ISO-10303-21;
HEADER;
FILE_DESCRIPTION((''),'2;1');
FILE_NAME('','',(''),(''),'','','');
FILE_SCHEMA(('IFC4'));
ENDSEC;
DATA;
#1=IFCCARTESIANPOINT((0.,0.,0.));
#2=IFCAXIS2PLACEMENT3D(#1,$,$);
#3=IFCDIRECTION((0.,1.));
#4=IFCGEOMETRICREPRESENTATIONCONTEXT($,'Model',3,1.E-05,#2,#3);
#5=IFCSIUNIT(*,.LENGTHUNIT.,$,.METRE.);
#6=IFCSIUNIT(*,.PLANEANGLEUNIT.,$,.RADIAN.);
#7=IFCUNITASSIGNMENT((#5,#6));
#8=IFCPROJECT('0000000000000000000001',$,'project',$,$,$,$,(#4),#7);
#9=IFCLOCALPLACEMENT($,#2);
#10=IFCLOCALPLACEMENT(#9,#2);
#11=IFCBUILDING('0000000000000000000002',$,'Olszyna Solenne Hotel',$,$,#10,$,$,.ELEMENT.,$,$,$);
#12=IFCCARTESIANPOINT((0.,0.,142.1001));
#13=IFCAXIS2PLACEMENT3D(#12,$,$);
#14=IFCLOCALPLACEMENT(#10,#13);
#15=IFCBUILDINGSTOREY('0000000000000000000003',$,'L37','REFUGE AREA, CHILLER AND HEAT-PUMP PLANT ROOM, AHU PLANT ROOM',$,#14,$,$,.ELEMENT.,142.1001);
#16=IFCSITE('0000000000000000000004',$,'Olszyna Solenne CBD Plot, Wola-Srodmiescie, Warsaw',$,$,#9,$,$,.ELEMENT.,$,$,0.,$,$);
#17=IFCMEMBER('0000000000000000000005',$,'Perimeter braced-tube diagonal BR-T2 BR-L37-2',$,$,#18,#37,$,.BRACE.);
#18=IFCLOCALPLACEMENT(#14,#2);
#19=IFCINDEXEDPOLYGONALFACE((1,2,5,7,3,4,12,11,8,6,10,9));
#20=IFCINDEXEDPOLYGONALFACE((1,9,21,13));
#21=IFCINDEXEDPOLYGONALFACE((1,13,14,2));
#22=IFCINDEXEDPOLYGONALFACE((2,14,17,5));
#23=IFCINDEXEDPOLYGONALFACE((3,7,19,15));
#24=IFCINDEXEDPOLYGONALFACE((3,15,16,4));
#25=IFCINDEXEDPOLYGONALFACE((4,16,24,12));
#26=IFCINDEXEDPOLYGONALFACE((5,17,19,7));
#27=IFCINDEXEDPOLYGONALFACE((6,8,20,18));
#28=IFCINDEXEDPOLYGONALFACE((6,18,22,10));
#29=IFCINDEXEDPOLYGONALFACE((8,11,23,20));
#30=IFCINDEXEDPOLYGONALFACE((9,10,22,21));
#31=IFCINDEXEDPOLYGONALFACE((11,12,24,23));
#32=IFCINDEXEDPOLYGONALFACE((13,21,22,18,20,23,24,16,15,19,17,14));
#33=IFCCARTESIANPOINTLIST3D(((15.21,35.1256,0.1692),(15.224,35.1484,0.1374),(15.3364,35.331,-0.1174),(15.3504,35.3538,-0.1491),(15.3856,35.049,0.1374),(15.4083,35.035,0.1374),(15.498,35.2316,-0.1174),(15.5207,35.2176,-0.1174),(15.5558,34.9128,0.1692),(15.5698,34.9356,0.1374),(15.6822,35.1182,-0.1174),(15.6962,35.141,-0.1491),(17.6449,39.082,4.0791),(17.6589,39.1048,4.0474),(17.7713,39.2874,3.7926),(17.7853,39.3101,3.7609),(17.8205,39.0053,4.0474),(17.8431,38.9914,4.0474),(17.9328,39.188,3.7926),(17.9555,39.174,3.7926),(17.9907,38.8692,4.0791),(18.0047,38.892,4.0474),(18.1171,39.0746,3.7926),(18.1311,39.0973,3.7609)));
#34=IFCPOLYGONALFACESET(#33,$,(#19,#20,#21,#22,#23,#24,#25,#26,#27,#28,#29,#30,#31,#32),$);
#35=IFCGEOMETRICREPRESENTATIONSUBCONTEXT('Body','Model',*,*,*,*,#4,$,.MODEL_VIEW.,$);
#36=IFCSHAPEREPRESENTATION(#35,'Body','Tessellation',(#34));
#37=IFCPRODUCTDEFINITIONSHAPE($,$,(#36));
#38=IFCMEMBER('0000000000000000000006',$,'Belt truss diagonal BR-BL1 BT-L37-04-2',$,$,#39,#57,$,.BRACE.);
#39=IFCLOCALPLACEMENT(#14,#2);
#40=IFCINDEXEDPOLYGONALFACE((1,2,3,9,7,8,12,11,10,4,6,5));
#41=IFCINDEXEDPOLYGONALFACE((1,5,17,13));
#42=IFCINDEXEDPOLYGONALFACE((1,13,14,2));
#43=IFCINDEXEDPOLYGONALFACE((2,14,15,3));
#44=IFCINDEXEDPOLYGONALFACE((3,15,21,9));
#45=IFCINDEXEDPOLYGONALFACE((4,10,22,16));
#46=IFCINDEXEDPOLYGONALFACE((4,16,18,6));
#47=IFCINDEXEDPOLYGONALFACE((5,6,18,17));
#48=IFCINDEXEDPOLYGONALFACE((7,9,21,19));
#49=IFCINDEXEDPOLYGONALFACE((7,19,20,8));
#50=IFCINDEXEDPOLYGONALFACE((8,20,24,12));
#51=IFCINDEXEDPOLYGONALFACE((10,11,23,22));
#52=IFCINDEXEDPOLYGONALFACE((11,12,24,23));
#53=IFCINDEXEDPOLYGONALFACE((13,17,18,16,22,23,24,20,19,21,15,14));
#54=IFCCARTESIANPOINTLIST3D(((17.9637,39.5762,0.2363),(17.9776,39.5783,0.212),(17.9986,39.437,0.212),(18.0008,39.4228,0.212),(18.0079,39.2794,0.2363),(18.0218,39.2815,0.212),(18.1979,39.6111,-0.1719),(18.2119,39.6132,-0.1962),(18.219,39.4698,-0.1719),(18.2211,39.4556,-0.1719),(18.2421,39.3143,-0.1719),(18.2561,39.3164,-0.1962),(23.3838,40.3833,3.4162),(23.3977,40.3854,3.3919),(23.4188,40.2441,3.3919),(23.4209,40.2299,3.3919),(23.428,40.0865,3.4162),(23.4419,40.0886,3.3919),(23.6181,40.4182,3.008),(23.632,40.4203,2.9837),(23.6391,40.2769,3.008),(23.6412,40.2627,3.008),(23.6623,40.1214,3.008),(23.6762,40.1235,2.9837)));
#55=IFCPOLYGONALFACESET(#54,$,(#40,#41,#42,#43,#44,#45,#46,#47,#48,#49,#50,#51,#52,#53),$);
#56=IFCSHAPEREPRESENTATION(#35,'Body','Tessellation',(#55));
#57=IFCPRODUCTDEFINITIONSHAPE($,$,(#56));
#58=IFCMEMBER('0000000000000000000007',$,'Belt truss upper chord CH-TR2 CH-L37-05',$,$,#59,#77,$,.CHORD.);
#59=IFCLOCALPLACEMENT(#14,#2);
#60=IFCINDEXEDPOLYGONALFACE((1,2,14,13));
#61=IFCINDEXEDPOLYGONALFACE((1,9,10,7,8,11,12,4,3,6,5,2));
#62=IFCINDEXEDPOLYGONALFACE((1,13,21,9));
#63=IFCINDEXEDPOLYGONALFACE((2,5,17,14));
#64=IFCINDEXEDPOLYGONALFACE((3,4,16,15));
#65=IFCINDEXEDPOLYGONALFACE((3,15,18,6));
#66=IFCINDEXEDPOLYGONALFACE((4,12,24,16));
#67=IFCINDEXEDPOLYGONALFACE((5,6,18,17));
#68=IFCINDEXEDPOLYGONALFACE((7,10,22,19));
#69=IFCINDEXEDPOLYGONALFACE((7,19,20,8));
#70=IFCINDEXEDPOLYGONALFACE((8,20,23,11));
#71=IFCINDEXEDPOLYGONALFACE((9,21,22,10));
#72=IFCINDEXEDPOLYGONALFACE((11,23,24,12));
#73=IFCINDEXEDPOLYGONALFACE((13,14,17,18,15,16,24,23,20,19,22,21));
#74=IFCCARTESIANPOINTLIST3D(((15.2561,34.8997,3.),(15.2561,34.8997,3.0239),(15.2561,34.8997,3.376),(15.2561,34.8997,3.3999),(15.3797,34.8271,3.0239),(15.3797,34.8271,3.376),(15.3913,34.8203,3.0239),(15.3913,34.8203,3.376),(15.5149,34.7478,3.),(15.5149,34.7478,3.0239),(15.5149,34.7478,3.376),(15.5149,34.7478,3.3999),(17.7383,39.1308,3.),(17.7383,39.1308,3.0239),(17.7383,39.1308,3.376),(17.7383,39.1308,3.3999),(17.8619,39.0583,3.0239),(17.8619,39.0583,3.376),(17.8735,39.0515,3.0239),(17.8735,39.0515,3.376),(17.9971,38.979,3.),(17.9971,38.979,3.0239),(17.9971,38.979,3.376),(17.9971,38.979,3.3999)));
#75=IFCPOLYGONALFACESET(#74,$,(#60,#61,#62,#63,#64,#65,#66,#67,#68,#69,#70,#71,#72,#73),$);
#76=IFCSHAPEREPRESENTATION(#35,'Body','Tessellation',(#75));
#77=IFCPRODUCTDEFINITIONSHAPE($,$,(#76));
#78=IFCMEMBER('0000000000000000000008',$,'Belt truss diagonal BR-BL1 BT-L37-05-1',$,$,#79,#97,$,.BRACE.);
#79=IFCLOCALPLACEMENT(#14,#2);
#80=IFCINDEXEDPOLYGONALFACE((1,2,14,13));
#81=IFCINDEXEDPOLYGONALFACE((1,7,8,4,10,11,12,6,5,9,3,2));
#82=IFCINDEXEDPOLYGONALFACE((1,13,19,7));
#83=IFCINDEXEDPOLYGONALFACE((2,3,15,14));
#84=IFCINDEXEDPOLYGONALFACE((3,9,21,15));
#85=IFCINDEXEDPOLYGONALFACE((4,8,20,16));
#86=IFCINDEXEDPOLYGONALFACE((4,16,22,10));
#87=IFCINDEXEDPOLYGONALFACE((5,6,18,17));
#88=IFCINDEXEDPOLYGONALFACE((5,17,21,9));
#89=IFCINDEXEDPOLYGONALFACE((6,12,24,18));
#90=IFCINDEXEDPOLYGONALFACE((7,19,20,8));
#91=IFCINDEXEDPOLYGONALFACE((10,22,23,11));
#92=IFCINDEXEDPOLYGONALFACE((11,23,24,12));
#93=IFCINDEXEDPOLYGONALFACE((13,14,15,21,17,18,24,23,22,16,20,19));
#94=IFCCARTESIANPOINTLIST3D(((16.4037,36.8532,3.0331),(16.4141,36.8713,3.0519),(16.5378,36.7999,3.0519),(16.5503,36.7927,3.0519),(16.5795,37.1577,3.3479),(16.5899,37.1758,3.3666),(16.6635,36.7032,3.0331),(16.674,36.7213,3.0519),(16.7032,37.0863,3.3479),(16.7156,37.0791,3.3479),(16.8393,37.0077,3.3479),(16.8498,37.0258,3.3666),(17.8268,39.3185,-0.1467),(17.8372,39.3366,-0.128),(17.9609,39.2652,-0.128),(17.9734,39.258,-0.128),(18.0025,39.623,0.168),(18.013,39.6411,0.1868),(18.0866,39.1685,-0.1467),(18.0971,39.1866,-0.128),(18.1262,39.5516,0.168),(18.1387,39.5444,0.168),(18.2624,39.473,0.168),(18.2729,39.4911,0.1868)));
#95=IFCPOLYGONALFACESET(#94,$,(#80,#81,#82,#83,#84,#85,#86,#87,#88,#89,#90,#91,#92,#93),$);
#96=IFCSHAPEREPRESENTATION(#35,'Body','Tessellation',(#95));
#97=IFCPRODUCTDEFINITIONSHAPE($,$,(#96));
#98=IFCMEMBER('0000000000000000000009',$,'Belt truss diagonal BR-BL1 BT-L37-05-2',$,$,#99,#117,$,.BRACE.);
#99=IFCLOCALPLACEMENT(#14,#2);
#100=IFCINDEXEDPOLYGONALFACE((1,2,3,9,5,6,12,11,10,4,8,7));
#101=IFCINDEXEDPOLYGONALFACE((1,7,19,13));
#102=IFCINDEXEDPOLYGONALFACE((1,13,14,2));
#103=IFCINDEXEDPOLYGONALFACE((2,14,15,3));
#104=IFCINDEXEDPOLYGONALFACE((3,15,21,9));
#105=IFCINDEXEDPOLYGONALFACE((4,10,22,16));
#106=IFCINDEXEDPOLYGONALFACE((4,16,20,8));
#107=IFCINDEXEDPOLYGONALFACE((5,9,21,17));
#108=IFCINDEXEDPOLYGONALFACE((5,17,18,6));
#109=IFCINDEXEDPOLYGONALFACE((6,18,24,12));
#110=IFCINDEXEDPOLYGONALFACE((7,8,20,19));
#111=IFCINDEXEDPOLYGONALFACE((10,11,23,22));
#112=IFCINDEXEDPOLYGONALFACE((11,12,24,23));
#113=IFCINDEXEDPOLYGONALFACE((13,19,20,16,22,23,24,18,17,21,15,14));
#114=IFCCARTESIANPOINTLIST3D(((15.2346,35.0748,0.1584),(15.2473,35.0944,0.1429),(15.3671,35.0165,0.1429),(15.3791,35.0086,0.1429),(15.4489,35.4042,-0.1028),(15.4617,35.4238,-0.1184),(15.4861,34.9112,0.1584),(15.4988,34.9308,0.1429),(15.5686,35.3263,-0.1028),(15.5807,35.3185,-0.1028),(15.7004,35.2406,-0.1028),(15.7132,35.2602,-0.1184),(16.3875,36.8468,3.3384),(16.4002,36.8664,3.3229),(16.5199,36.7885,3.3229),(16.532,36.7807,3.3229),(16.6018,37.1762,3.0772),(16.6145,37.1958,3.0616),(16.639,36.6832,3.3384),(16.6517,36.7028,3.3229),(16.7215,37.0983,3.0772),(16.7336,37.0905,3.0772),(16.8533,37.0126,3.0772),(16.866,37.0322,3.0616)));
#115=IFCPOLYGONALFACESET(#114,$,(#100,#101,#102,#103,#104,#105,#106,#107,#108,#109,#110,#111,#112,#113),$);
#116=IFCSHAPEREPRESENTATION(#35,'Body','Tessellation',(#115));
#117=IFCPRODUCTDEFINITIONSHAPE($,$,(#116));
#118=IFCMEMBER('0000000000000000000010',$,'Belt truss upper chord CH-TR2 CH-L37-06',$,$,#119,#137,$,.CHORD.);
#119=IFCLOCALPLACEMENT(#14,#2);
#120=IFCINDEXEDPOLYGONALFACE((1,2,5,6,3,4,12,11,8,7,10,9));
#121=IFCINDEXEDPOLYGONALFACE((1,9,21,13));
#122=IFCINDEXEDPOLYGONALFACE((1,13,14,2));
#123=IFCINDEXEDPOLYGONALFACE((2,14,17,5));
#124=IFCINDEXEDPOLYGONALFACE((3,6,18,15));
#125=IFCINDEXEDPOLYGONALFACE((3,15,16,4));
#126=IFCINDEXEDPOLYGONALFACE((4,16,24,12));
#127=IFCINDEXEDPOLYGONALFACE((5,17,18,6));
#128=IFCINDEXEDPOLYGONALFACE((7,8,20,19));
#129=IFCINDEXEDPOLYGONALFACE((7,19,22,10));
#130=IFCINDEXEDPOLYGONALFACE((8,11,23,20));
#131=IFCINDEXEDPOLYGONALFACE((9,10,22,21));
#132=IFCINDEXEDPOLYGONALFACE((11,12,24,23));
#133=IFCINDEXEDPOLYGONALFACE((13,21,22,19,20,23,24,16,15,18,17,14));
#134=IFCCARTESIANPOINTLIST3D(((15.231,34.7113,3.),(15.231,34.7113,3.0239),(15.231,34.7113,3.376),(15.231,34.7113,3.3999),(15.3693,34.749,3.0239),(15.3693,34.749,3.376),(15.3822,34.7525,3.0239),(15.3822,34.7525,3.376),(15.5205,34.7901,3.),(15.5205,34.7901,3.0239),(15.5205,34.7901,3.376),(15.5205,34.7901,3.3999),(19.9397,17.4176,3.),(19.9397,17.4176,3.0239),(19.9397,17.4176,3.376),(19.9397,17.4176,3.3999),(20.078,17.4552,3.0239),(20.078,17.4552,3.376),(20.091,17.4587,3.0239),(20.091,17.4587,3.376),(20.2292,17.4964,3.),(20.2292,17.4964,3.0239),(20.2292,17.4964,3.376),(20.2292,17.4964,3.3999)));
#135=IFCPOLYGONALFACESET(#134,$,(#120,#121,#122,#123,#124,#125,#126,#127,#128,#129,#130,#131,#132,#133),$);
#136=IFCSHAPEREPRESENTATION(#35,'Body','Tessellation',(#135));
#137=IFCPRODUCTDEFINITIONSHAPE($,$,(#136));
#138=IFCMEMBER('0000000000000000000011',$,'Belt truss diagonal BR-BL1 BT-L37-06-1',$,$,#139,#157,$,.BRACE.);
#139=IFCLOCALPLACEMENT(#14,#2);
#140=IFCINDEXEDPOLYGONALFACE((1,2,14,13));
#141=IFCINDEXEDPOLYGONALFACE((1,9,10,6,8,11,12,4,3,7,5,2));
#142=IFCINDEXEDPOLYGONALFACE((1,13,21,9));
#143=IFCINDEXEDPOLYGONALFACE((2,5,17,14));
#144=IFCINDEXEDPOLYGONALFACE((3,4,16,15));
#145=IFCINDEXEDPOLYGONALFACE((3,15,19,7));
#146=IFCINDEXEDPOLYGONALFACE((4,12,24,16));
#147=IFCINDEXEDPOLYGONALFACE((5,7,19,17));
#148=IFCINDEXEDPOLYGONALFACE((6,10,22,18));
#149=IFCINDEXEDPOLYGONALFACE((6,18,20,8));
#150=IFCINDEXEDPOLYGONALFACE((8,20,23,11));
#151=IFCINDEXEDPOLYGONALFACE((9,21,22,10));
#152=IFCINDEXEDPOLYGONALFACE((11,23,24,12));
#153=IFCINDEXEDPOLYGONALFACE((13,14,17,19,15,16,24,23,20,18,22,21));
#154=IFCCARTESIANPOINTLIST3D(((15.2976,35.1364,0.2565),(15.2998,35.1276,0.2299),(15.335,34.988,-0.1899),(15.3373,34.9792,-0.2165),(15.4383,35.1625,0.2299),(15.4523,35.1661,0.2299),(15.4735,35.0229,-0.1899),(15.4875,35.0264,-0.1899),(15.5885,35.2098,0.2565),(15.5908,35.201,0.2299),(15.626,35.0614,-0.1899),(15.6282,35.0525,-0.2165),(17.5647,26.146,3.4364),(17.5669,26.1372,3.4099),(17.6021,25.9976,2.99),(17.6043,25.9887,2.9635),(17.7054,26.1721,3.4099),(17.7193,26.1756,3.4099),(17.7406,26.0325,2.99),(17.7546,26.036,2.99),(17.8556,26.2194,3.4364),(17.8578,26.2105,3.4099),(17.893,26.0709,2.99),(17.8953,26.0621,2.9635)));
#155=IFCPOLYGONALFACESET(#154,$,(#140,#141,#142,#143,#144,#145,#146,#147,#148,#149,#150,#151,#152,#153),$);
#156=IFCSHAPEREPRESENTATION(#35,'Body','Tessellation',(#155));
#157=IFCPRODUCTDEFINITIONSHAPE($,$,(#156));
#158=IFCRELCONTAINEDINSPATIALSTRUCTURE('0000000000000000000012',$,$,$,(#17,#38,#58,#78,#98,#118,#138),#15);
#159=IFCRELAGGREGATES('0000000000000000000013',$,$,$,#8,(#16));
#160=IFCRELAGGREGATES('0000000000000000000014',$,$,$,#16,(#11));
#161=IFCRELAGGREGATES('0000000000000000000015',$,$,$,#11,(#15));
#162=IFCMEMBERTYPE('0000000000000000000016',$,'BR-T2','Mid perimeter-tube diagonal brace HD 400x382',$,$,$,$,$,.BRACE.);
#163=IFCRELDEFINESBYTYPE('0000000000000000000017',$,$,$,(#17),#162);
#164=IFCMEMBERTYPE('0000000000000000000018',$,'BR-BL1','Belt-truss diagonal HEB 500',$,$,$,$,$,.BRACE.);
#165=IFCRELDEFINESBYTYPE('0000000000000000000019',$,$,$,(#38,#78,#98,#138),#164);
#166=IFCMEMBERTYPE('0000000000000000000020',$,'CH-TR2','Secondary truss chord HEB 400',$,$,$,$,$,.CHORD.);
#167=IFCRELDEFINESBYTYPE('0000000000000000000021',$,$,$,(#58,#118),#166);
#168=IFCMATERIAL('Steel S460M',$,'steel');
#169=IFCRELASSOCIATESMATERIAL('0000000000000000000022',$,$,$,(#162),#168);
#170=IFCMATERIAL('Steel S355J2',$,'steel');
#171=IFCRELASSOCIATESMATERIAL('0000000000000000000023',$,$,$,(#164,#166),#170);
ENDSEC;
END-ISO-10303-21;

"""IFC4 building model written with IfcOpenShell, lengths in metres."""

from ifc_helpers import new_model, si_unit, direction, frame, origin, origin_2d, place, context, subcontext, project, spatial, i_section, extrude, source, transform, mapped, material, material_profile, profile_set, type_object, element, save


model = new_model("IFC4")

# Units and contexts
model_context = context("Model", 3, precision=1e-05, world=origin(), true_north=direction((0.0, 1.0)))
body_context = subcontext(model_context, "Body", "Model", "MODEL_VIEW")
ifc_project = project(units=[si_unit("LENGTHUNIT", "METRE"), si_unit("PLANEANGLEUNIT", "RADIAN")], contexts=[model_context])

# Site, building, storey
site_placement = place(None, origin())
site = spatial("IfcSite", under=ifc_project, at=site_placement, Name="Olszyna Solenne CBD Plot, Wola-Srodmiescie, Warsaw", CompositionType="ELEMENT", RefElevation=0.0)
building_placement = place(site_placement, origin())
building = spatial("IfcBuilding", under=site, at=building_placement, Name="Olszyna Solenne Hotel", CompositionType="ELEMENT")
storey_placement = place(building_placement, frame((0.0, 0.0, 142.1001)))
storey = spatial("IfcBuildingStorey", under=building, at=storey_placement, Name="L37", Description="REFUGE AREA, CHILLER AND HEAT-PUMP PLANT ROOM, AHU PLANT ROOM", CompositionType="ELEMENT", Elevation=142.1001)

# Shared definitions
ifc_material_1 = material(Name="Steel S460M", Category="steel")

# Shared definitions
ifc_material_2 = material(Name="Steel S355J2", Category="steel")

# Members
ifc_material_profile_1 = material_profile(ifc_material_1, i_section(OverallWidth=0.406, OverallDepth=0.416, WebThickness=0.0266, FlangeThickness=0.0415, at=origin_2d()), Name="HD 400x382", Category="load-bearing")
ifc_profile_set_1 = profile_set([ifc_material_profile_1], Name="Steel S460M")
member_type_1 = type_object("IfcMemberType", Name="BR-T2", Description="Mid perimeter-tube diagonal brace HD 400x382", PredefinedType="BRACE", material=ifc_profile_set_1)
shared_shape_1 = source(origin(), body_context, "Body", "SweptSolid", [
    extrude(i_section(OverallWidth=0.406, OverallDepth=0.416, WebThickness=0.0266, FlangeThickness=0.0415, at=origin_2d()), origin(), (0.0, 0.0, 1.0), 6.072),
])
member_1_placement = place(storey_placement, frame((15.4531, 35.1333, 0.01), z_axis=(0.400997, 0.651575, 0.643935), x_axis=(-0.851642, 0.524124, 0.0)))
element("IfcMember", 1, at=member_1_placement, inside=storey, type_object=member_type_1, Name="Perimeter braced-tube diagonal BR-T2 BR-L37-2", PredefinedType="BRACE", context=body_context, shape_type="MappedRepresentation", body=[
    mapped(shared_shape_1, transform((0.0, 0.0, 0.0), x_axis=(1.0, 0.0, 0.0), y_axis=(0.0, 1.0, 0.0), z_axis=(0.0, 0.0, 1.0), scale=1.0)),
])
ifc_material_profile_2 = material_profile(ifc_material_2, i_section(OverallWidth=0.3, OverallDepth=0.5, WebThickness=0.0144, FlangeThickness=0.0281, at=origin_2d()), Name="HEB 500", Category="load-bearing")
ifc_profile_set_2 = profile_set([ifc_material_profile_2], Name="Steel S355J2")
member_type_2 = type_object("IfcMemberType", Name="BR-BL1", Description="Belt-truss diagonal HEB 500", PredefinedType="BRACE", material=ifc_profile_set_2)
shared_shape_2 = source(origin(), body_context, "Body", "SweptSolid", [
    extrude(i_section(OverallWidth=0.3, OverallDepth=0.5, WebThickness=0.0144, FlangeThickness=0.0281, at=origin_2d()), origin(), (0.0, 0.0, 1.0), 6.3357),
])
member_2_placement = place(storey_placement, frame((18.1099, 39.4463, 0.02), z_axis=(0.85549, 0.127393, 0.501904), x_axis=(-0.147288, 0.989094, 0.0)))
element("IfcMember", 2, at=member_2_placement, inside=storey, type_object=member_type_2, Name="Belt truss diagonal BR-BL1 BT-L37-04-2", PredefinedType="BRACE", context=body_context, shape_type="MappedRepresentation", body=[
    mapped(shared_shape_2, transform((0.0, 0.0, 0.0), x_axis=(1.0, 0.0, 0.0), y_axis=(0.0, 1.0, 0.0), z_axis=(0.0, 0.0, 1.0), scale=1.0)),
])
ifc_material_profile_3 = material_profile(ifc_material_2, i_section(OverallWidth=0.3, OverallDepth=0.3999, WebThickness=0.0134, FlangeThickness=0.0239, at=origin_2d()), Name="HEB 400", Category="load-bearing")
ifc_profile_set_3 = profile_set([ifc_material_profile_3], Name="Steel S355J2")
member_type_3 = type_object("IfcMemberType", Name="CH-TR2", Description="Secondary truss chord HEB 400", PredefinedType="CHORD", material=ifc_profile_set_3)
shared_shape_3 = source(origin(), body_context, "Body", "SweptSolid", [
    extrude(i_section(OverallWidth=0.3, OverallDepth=0.3999, WebThickness=0.0134, FlangeThickness=0.0239, at=origin_2d()), origin(), (0.0, 0.0, 1.0), 4.9055),
])
member_3_placement = place(storey_placement, frame((17.8677, 39.0549, 3.2), z_axis=(-0.505995, -0.862536, 0.0), x_axis=(0.862536, -0.505995, 0.0)))
element("IfcMember", 3, at=member_3_placement, inside=storey, type_object=member_type_3, Name="Belt truss upper chord CH-TR2 CH-L37-05", PredefinedType="CHORD", context=body_context, shape_type="MappedRepresentation", body=[
    mapped(shared_shape_3, transform((0.0, 0.0, 0.0), x_axis=(1.0, 0.0, 0.0), y_axis=(0.0, 1.0, 0.0), z_axis=(0.0, 0.0, 1.0), scale=1.0)),
])
shared_shape_4 = source(origin(), body_context, "Body", "SweptSolid", [
    extrude(i_section(OverallWidth=0.3, OverallDepth=0.5, WebThickness=0.0144, FlangeThickness=0.0281, at=origin_2d()), origin(), (0.0, 0.0, 1.0), 4.2678),
])
member_4_placement = place(storey_placement, frame((18.0498, 39.4048, 0.02), z_axis=(-0.333441, -0.577644, 0.74508), x_axis=(0.866066, -0.49993, 0.0)))
element("IfcMember", 4, at=member_4_placement, inside=storey, type_object=member_type_2, Name="Belt truss diagonal BR-BL1 BT-L37-05-1", PredefinedType="BRACE", context=body_context, shape_type="MappedRepresentation", body=[
    mapped(shared_shape_4, transform((0.0, 0.0, 0.0), x_axis=(1.0, 0.0, 0.0), y_axis=(0.0, 1.0, 0.0), z_axis=(0.0, 0.0, 1.0), scale=1.0)),
])
shared_shape_5 = source(origin(), body_context, "Body", "SweptSolid", [
    extrude(i_section(OverallWidth=0.3, OverallDepth=0.5, WebThickness=0.0144, FlangeThickness=0.0281, at=origin_2d()), origin(), (0.0, 0.0, 1.0), 3.8186),
])
member_5_placement = place(storey_placement, frame((15.4739, 35.1675, 0.02), z_axis=(0.301908, 0.46405, 0.832772), x_axis=(-0.838217, 0.545337, 0.0)))
element("IfcMember", 5, at=member_5_placement, inside=storey, type_object=member_type_2, Name="Belt truss diagonal BR-BL1 BT-L37-05-2", PredefinedType="BRACE", context=body_context, shape_type="MappedRepresentation", body=[
    mapped(shared_shape_5, transform((0.0, 0.0, 0.0), x_axis=(1.0, 0.0, 0.0), y_axis=(0.0, 1.0, 0.0), z_axis=(0.0, 0.0, 1.0), scale=1.0)),
])
shared_shape_6 = source(origin(), body_context, "Body", "SweptSolid", [
    extrude(i_section(OverallWidth=0.3, OverallDepth=0.3999, WebThickness=0.0134, FlangeThickness=0.0239, at=origin_2d()), origin(), (0.0, 0.0, 1.0), 17.9233),
])
member_6_placement = place(storey_placement, frame((15.3757, 34.7507, 3.2), z_axis=(0.262716, -0.964873, 0.0), x_axis=(0.964873, 0.262716, 0.0)))
element("IfcMember", 6, at=member_6_placement, inside=storey, type_object=member_type_3, Name="Belt truss upper chord CH-TR2 CH-L37-06", PredefinedType="CHORD", context=body_context, shape_type="MappedRepresentation", body=[
    mapped(shared_shape_6, transform((0.0, 0.0, 0.0), x_axis=(1.0, 0.0, 0.0), y_axis=(0.0, 1.0, 0.0), z_axis=(0.0, 0.0, 1.0), scale=1.0)),
])
shared_shape_7 = source(origin(), body_context, "Body", "SweptSolid", [
    extrude(i_section(OverallWidth=0.3, OverallDepth=0.5, WebThickness=0.0144, FlangeThickness=0.0281, at=origin_2d()), origin(), (0.0, 0.0, 1.0), 9.802),
])
member_7_placement = place(storey_placement, frame((15.4629, 35.0945, 0.02), z_axis=(0.231287, -0.917203, 0.324415), x_axis=(0.969646, 0.244512, 0.0)))
element("IfcMember", 7, at=member_7_placement, inside=storey, type_object=member_type_2, Name="Belt truss diagonal BR-BL1 BT-L37-06-1", PredefinedType="BRACE", context=body_context, shape_type="MappedRepresentation", body=[
    mapped(shared_shape_7, transform((0.0, 0.0, 0.0), x_axis=(1.0, 0.0, 0.0), y_axis=(0.0, 1.0, 0.0), z_axis=(0.0, 0.0, 1.0), scale=1.0)),
])

save(model, "model.ifc")
